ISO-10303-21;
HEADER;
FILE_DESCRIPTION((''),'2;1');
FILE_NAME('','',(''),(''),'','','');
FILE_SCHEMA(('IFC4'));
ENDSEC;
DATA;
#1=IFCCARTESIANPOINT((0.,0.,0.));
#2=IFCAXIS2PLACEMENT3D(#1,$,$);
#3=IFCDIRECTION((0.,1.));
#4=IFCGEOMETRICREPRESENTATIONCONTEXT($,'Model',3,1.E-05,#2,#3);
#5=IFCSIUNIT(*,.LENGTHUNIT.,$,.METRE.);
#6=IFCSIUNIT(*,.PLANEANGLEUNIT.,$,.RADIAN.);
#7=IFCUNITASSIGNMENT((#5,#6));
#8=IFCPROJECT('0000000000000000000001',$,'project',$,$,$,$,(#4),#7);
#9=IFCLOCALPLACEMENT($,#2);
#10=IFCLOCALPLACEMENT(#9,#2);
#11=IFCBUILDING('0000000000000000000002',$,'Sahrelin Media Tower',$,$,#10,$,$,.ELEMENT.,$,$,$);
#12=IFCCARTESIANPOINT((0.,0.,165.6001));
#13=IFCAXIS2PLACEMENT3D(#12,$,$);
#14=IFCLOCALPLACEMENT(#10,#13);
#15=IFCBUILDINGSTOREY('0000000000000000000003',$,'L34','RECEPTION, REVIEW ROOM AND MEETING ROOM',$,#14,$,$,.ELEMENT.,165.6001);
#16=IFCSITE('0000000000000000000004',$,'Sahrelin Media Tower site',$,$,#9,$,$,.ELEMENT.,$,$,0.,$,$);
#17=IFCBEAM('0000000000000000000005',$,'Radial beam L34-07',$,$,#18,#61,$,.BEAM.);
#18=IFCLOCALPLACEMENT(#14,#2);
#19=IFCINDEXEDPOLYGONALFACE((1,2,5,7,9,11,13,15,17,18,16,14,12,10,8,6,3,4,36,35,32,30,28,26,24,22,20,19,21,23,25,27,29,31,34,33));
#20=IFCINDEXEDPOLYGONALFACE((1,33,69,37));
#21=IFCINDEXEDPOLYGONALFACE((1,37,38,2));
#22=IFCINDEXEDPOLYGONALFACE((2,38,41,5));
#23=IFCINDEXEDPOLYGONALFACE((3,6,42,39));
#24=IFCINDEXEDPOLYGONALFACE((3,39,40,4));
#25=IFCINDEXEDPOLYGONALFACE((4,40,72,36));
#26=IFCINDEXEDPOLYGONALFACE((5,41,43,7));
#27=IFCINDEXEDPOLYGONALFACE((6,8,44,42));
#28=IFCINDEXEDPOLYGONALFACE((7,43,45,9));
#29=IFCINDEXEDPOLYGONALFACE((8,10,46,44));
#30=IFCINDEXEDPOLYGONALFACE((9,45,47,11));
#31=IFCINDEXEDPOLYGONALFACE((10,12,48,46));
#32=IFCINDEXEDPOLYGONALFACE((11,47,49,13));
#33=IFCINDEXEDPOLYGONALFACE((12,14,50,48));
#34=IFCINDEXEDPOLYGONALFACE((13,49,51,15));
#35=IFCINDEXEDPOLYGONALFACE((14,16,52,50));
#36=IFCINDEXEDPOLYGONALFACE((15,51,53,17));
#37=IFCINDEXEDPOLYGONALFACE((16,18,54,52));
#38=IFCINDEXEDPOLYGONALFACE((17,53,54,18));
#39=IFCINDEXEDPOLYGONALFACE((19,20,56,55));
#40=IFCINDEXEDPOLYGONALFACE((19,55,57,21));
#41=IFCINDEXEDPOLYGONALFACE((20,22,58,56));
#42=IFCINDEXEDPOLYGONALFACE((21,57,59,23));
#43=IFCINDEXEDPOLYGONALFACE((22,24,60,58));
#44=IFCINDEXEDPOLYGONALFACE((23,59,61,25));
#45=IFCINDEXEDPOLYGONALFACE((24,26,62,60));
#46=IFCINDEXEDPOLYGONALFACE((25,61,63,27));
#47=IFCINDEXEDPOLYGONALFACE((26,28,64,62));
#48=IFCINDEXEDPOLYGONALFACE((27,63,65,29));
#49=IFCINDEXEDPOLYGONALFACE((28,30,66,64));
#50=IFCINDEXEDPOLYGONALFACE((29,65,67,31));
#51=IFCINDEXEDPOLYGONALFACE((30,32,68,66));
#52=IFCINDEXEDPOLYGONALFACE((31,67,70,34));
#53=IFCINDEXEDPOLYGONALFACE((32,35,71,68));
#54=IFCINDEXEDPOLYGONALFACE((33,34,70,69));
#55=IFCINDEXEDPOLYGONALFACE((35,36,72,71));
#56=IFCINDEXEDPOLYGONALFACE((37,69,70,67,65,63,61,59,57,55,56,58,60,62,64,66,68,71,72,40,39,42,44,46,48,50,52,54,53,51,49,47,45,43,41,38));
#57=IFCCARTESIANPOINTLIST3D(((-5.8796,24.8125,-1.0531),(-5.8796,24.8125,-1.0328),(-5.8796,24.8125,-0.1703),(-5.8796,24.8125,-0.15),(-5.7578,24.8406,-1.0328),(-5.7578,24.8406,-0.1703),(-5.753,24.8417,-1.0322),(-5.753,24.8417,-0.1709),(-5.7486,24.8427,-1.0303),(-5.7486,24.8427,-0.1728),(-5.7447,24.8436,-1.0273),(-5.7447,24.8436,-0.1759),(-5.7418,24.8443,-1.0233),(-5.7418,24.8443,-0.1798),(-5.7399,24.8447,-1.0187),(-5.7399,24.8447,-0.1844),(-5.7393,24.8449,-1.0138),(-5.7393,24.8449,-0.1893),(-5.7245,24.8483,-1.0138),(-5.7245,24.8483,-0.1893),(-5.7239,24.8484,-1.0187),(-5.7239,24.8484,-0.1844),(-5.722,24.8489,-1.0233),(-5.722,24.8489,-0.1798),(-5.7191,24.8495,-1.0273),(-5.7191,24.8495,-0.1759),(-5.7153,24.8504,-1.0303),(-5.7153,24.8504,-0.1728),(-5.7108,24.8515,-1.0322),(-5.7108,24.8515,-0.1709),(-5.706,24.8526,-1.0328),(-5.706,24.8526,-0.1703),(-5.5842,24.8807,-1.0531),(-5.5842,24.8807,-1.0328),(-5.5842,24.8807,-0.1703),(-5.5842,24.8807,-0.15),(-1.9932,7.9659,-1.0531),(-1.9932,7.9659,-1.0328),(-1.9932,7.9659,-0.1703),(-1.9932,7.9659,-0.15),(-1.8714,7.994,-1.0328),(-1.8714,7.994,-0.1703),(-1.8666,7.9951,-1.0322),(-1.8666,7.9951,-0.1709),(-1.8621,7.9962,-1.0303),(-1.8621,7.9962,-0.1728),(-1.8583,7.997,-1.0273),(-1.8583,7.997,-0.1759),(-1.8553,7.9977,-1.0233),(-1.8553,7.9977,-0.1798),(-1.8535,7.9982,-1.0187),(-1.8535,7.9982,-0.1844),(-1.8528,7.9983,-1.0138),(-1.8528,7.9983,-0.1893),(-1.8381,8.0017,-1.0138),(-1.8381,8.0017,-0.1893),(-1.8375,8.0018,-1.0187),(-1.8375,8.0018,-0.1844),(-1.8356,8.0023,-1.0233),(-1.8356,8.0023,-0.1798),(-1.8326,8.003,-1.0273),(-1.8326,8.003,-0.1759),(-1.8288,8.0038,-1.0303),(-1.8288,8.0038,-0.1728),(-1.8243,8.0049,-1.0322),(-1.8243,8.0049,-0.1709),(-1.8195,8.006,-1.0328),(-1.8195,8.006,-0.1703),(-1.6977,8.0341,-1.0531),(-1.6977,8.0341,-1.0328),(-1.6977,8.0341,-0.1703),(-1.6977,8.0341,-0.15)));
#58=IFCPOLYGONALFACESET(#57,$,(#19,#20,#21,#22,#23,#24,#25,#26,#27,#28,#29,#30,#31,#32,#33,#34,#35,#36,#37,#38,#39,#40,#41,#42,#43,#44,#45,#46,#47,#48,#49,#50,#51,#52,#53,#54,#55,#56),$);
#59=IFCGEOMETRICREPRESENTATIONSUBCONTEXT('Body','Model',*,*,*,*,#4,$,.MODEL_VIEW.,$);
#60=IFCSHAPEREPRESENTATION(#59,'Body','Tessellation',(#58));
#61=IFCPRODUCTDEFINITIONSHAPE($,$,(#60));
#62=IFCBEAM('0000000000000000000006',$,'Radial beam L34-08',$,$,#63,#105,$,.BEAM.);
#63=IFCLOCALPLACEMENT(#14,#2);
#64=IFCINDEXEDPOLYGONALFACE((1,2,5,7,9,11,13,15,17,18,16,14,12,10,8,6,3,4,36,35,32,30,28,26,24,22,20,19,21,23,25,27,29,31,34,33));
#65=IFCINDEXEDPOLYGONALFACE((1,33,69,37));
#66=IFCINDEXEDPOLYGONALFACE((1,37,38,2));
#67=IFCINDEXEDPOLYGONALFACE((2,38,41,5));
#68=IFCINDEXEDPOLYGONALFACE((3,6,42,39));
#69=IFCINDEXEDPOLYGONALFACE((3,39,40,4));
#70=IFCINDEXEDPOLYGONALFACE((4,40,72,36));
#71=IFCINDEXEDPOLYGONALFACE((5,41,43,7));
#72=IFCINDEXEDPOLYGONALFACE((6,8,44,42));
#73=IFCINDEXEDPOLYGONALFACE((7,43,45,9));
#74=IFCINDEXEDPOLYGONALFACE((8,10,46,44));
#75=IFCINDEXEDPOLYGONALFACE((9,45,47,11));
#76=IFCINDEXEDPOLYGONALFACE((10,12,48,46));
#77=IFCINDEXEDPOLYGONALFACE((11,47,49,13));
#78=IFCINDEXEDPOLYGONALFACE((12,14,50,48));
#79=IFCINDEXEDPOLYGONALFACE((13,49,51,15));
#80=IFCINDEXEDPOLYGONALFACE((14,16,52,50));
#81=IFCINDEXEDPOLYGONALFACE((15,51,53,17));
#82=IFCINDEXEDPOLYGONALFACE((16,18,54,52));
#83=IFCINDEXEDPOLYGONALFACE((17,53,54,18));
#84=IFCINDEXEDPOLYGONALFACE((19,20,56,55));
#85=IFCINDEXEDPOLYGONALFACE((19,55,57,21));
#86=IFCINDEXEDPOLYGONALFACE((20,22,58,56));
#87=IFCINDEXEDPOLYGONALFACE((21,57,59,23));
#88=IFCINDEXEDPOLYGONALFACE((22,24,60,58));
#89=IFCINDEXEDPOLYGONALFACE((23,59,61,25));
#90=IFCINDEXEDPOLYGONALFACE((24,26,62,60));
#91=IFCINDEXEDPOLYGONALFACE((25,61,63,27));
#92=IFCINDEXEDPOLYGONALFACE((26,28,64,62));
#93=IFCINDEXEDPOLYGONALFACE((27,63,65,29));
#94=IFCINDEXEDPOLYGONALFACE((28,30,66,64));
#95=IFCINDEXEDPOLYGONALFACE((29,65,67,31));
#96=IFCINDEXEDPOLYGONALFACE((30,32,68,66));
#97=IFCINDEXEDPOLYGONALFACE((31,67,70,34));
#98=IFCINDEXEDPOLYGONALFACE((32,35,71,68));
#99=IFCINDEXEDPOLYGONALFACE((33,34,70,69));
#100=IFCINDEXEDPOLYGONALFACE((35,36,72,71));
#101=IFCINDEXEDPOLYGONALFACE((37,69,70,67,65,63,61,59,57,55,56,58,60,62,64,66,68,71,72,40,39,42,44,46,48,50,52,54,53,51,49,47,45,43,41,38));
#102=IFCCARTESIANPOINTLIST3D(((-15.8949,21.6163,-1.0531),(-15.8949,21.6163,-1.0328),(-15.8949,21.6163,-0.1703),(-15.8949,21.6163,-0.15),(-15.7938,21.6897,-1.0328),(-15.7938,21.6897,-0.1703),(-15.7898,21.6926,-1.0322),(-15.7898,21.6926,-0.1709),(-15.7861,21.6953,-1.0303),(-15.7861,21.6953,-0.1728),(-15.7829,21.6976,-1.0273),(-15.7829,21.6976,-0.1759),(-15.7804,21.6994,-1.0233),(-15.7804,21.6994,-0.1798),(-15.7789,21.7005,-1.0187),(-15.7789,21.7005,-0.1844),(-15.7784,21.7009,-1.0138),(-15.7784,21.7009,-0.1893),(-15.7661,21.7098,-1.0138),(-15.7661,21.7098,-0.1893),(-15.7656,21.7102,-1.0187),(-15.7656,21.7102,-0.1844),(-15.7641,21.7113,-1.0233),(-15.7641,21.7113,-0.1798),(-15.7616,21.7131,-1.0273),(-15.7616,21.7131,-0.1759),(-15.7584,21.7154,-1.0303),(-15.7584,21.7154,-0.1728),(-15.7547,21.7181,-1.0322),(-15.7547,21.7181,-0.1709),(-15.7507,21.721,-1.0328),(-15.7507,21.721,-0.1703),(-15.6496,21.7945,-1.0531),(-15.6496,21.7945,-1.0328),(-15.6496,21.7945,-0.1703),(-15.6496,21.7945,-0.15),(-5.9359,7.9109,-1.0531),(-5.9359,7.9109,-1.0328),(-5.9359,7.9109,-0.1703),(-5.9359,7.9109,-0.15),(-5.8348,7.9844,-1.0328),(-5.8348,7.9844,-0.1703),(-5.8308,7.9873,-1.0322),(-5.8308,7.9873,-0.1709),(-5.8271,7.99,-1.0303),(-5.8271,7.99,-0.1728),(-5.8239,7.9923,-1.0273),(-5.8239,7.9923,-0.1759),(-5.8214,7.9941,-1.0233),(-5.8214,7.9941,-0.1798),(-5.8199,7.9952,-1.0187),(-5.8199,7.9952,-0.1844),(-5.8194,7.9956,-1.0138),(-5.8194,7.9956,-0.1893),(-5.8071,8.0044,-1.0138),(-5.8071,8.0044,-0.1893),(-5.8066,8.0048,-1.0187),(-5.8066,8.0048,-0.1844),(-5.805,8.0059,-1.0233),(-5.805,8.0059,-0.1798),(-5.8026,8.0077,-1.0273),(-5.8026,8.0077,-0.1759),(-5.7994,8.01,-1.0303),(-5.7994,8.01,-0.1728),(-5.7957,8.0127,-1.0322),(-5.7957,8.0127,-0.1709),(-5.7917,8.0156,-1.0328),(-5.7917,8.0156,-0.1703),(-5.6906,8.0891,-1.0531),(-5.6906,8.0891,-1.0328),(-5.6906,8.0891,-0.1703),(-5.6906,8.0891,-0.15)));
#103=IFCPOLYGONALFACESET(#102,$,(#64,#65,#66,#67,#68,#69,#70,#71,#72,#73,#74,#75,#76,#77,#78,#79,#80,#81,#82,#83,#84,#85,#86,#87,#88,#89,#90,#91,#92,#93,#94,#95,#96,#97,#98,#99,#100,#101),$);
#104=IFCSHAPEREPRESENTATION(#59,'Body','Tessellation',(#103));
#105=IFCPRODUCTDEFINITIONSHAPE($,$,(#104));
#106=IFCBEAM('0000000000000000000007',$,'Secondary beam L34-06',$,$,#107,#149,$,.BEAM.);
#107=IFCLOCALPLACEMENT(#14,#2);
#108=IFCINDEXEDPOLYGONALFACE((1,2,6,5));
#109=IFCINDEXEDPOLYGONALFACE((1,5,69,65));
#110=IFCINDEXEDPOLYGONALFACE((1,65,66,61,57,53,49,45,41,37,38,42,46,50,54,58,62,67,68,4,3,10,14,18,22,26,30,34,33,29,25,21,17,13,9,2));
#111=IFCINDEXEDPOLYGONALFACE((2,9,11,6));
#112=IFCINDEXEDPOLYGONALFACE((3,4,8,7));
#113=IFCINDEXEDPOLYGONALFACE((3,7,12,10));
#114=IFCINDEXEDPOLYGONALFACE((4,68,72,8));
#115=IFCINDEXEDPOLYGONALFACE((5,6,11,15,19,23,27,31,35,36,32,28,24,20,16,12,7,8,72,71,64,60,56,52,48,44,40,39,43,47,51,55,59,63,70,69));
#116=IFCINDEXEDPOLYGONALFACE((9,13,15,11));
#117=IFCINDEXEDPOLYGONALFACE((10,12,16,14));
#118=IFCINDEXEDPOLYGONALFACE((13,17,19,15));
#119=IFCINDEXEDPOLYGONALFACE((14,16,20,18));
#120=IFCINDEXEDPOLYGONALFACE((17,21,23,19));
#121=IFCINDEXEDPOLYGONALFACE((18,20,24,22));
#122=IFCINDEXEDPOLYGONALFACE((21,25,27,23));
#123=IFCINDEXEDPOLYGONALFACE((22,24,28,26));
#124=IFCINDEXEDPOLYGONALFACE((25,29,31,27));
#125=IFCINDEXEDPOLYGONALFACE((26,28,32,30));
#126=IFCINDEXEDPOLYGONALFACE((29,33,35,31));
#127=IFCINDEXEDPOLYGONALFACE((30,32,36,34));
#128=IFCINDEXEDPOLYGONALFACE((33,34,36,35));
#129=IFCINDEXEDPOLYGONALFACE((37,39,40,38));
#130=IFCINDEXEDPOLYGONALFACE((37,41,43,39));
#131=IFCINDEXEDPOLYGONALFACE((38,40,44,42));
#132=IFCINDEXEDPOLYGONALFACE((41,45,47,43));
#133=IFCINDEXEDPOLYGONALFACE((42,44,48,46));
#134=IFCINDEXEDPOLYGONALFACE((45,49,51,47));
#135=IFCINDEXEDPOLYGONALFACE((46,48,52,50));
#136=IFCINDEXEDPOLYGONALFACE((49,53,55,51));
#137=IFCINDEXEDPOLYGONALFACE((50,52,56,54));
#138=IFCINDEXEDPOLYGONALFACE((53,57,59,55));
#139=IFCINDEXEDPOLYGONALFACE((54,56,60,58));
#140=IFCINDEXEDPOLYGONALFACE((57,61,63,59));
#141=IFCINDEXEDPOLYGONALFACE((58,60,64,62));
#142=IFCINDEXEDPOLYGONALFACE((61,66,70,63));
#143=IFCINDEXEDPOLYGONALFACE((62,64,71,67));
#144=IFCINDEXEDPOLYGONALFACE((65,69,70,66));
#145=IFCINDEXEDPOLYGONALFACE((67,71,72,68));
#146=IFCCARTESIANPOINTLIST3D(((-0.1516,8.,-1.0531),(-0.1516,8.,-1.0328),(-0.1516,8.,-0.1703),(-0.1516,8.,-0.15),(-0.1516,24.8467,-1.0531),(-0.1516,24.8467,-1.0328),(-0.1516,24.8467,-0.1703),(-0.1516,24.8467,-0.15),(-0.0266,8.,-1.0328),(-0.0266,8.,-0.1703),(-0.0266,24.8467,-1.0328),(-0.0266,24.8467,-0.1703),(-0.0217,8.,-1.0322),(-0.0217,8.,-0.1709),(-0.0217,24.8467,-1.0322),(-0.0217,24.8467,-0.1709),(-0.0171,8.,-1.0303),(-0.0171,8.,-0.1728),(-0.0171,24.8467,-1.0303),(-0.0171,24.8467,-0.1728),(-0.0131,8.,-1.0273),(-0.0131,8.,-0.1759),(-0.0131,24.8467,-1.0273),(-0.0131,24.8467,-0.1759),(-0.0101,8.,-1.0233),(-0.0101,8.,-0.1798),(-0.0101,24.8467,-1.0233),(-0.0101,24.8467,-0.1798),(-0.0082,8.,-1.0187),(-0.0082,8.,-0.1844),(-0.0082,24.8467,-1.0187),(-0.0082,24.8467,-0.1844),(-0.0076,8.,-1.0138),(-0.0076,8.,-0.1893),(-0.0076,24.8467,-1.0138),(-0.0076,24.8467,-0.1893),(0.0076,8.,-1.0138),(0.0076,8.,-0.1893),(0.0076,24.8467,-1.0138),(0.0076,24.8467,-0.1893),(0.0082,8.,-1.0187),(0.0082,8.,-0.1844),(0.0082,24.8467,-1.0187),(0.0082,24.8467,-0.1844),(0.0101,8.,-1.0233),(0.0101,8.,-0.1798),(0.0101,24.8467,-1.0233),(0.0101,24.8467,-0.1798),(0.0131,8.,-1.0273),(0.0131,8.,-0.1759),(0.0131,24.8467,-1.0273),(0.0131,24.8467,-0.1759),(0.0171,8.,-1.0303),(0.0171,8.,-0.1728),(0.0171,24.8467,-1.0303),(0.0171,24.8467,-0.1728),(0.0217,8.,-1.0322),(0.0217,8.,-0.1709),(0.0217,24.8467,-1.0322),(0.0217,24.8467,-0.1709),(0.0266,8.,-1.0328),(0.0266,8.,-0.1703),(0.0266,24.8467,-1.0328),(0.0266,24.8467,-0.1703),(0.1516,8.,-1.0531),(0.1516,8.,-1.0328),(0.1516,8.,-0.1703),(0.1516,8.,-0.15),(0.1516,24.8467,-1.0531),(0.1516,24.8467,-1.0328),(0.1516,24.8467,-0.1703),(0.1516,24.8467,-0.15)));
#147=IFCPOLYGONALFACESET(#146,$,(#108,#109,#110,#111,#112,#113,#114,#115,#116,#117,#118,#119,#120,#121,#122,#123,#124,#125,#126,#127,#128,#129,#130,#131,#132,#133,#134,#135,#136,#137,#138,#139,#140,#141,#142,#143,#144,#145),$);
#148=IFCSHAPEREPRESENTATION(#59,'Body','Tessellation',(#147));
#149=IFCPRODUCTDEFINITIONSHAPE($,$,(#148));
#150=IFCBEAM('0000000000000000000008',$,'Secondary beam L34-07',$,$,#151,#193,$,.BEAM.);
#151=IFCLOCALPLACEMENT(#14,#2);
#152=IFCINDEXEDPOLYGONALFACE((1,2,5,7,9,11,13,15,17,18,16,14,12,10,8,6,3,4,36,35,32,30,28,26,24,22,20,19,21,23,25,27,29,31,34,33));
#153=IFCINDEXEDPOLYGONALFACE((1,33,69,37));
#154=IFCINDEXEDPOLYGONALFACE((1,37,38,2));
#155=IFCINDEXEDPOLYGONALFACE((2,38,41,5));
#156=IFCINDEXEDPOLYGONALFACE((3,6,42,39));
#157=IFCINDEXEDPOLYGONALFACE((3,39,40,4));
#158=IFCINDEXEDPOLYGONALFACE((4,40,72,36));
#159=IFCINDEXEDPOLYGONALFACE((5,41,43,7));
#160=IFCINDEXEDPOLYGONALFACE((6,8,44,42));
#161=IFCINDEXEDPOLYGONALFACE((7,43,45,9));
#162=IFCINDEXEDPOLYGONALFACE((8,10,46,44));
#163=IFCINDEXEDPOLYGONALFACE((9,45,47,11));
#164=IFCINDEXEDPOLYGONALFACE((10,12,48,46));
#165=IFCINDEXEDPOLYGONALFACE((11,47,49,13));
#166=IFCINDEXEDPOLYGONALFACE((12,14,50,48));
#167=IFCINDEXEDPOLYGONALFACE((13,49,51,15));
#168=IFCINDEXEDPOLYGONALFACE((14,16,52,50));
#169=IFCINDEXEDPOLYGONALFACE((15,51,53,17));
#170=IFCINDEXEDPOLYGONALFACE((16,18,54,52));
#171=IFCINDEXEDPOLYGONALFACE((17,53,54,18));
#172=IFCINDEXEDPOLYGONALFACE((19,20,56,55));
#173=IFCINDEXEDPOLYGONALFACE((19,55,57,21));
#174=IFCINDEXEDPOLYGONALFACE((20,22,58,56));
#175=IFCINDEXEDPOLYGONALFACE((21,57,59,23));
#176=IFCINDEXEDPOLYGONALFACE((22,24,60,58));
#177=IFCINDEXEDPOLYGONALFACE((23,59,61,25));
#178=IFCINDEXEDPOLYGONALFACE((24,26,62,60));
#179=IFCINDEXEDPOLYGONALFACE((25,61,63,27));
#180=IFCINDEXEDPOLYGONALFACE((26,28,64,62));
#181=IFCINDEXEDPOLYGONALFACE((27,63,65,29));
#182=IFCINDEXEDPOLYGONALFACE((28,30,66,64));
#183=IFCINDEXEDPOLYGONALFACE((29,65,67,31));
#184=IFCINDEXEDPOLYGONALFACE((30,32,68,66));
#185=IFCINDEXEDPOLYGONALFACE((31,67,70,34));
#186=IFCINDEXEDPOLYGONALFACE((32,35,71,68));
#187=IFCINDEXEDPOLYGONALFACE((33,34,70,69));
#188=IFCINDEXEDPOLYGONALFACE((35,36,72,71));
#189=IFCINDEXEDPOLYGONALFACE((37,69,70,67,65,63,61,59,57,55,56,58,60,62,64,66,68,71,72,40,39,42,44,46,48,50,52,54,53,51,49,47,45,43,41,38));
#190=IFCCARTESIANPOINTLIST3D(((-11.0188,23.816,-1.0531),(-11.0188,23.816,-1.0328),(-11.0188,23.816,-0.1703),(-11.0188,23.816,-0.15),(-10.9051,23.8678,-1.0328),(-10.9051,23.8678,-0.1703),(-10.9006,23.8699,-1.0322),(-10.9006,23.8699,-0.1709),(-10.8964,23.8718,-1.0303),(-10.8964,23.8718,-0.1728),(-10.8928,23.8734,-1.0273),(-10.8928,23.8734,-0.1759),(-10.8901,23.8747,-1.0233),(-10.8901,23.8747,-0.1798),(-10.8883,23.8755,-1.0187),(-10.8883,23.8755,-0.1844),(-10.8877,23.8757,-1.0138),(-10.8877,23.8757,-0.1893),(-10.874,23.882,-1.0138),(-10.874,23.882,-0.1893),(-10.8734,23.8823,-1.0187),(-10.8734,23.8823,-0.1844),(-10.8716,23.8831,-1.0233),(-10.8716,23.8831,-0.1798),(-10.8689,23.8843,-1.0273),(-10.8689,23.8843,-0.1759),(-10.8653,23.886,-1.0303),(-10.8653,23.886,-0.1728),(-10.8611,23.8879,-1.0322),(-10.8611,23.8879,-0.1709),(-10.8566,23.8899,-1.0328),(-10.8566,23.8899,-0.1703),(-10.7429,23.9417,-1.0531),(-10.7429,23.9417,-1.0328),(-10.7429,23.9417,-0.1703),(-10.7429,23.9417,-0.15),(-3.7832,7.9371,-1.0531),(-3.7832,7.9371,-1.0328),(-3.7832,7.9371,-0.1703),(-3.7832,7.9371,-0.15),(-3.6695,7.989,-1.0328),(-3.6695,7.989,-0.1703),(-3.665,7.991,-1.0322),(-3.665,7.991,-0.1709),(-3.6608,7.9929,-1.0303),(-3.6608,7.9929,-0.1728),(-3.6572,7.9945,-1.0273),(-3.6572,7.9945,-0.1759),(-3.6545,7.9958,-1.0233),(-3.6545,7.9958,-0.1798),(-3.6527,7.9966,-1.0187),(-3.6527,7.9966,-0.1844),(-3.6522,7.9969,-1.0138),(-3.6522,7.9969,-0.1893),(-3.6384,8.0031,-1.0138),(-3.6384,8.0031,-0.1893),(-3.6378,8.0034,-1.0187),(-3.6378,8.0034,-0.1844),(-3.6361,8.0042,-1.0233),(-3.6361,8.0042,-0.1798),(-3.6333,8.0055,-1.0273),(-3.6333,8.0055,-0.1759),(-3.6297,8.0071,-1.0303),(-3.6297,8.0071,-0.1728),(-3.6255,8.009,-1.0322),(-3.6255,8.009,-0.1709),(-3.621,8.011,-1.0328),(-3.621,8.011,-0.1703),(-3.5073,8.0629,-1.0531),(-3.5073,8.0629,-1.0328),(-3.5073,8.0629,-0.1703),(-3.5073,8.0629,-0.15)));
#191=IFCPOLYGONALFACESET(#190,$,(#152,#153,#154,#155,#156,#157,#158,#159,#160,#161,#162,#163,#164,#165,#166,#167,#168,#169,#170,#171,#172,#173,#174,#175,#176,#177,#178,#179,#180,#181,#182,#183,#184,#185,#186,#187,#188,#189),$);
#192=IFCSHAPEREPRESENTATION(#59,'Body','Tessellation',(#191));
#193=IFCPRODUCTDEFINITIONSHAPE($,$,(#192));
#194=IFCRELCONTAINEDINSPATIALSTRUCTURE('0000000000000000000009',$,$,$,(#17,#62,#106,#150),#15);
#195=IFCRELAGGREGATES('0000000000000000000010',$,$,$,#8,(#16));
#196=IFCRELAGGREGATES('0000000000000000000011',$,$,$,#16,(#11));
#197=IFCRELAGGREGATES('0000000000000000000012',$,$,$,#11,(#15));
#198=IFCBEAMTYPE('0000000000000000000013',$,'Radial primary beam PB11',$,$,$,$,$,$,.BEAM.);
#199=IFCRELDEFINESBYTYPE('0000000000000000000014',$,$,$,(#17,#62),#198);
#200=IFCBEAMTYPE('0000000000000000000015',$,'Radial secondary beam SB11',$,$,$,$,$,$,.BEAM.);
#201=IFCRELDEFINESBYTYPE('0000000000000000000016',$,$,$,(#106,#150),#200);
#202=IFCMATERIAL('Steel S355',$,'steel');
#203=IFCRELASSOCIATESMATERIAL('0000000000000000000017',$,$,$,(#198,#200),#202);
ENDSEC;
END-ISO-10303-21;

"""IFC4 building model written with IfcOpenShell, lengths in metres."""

from ifc_helpers import new_model, si_unit, direction, frame, origin, origin_2d, place, context, subcontext, project, spatial, i_section, extrude, material, material_profile, profile_set, type_object, element, save


model = new_model("IFC4")

# Units and contexts
model_context = context("Model", 3, precision=1e-05, world=origin(), true_north=direction((0.0, 1.0)))
body_context = subcontext(model_context, "Body", "Model", "MODEL_VIEW")
ifc_project = project(units=[si_unit("LENGTHUNIT", "METRE"), si_unit("PLANEANGLEUNIT", "RADIAN")], contexts=[model_context])

# Site, building, storey
site_placement = place(None, origin())
site = spatial("IfcSite", under=ifc_project, at=site_placement, Name="Sahrelin Media Tower site", CompositionType="ELEMENT", RefElevation=0.0)
building_placement = place(site_placement, origin())
building = spatial("IfcBuilding", under=site, at=building_placement, Name="Sahrelin Media Tower", CompositionType="ELEMENT")
storey_placement = place(building_placement, frame((0.0, 0.0, 165.6001)))
storey = spatial("IfcBuildingStorey", under=building, at=storey_placement, Name="L34", Description="RECEPTION, REVIEW ROOM AND MEETING ROOM", CompositionType="ELEMENT", Elevation=165.6001)

# Shared definitions
ifc_material_1 = material(Name="Steel S355", Category="steel")

# Beams
ifc_material_profile_1 = material_profile(ifc_material_1, i_section(OverallWidth=0.3032, OverallDepth=0.9031, WebThickness=0.0151, FlangeThickness=0.0203, FilletRadius=0.019, at=origin_2d()), Name="UB 914x305x201")
ifc_profile_set_1 = profile_set([ifc_material_profile_1], Name="Steel S355")
beam_type_1 = type_object("IfcBeamType", Name="Radial primary beam PB11", PredefinedType="BEAM", material=ifc_profile_set_1)
beam_1_placement = place(storey_placement, frame((-1.8455, 8.0, -0.6016), z_axis=(-0.224792, 0.974407, 0.0), x_axis=(-0.974407, -0.224792, 0.0)))
element("IfcBeam", 1, at=beam_1_placement, inside=storey, type_object=beam_type_1, Name="Radial beam L34-07", PredefinedType="BEAM", context=body_context, shape_type="SweptSolid", body=[
    extrude(i_section(OverallWidth=0.3032, OverallDepth=0.9031, WebThickness=0.0151, FlangeThickness=0.0203, FilletRadius=0.019, at=origin_2d()), origin(), (0.0, 0.0, 1.0), 17.2891),
])
beam_2_placement = place(storey_placement, frame((-5.8132, 8.0, -0.6016), z_axis=(-0.587843, 0.808975, 0.0), x_axis=(-0.808975, -0.587843, 0.0)))
element("IfcBeam", 2, at=beam_2_placement, inside=storey, type_object=beam_type_1, Name="Radial beam L34-08", PredefinedType="BEAM", context=body_context, shape_type="SweptSolid", body=[
    extrude(i_section(OverallWidth=0.3032, OverallDepth=0.9031, WebThickness=0.0151, FlangeThickness=0.0203, FilletRadius=0.019, at=origin_2d()), origin(), (0.0, 0.0, 1.0), 16.9417),
])
ifc_material_profile_2 = material_profile(ifc_material_1, i_section(OverallWidth=0.3032, OverallDepth=0.9031, WebThickness=0.0151, FlangeThickness=0.0203, FilletRadius=0.019, at=origin_2d()), Name="UB 914x305x201")
ifc_profile_set_2 = profile_set([ifc_material_profile_2], Name="Steel S355")
beam_type_2 = type_object("IfcBeamType", Name="Radial secondary beam SB11", PredefinedType="BEAM", material=ifc_profile_set_2)
beam_3_placement = place(storey_placement, frame((0.0, 8.0, -0.6016), z_axis=(0.0, 1.0, 0.0), x_axis=(-1.0, 0.0, 0.0)))
element("IfcBeam", 3, at=beam_3_placement, inside=storey, type_object=beam_type_2, Name="Secondary beam L34-06", PredefinedType="BEAM", context=body_context, shape_type="SweptSolid", body=[
    extrude(i_section(OverallWidth=0.3032, OverallDepth=0.9031, WebThickness=0.0151, FlangeThickness=0.0203, FilletRadius=0.019, at=origin_2d()), origin(), (0.0, 0.0, 1.0), 16.8467),
])
beam_4_placement = place(storey_placement, frame((-3.6453, 8.0, -0.6016), z_axis=(-0.414653, 0.909979, 0.0), x_axis=(-0.909979, -0.414653, 0.0)))
element("IfcBeam", 4, at=beam_4_placement, inside=storey, type_object=beam_type_2, Name="Secondary beam L34-07", PredefinedType="BEAM", context=body_context, shape_type="SweptSolid", body=[
    extrude(i_section(OverallWidth=0.3032, OverallDepth=0.9031, WebThickness=0.0151, FlangeThickness=0.0203, FilletRadius=0.019, at=origin_2d()), origin(), (0.0, 0.0, 1.0), 17.4497),
])

save(model, "model.ifc")
